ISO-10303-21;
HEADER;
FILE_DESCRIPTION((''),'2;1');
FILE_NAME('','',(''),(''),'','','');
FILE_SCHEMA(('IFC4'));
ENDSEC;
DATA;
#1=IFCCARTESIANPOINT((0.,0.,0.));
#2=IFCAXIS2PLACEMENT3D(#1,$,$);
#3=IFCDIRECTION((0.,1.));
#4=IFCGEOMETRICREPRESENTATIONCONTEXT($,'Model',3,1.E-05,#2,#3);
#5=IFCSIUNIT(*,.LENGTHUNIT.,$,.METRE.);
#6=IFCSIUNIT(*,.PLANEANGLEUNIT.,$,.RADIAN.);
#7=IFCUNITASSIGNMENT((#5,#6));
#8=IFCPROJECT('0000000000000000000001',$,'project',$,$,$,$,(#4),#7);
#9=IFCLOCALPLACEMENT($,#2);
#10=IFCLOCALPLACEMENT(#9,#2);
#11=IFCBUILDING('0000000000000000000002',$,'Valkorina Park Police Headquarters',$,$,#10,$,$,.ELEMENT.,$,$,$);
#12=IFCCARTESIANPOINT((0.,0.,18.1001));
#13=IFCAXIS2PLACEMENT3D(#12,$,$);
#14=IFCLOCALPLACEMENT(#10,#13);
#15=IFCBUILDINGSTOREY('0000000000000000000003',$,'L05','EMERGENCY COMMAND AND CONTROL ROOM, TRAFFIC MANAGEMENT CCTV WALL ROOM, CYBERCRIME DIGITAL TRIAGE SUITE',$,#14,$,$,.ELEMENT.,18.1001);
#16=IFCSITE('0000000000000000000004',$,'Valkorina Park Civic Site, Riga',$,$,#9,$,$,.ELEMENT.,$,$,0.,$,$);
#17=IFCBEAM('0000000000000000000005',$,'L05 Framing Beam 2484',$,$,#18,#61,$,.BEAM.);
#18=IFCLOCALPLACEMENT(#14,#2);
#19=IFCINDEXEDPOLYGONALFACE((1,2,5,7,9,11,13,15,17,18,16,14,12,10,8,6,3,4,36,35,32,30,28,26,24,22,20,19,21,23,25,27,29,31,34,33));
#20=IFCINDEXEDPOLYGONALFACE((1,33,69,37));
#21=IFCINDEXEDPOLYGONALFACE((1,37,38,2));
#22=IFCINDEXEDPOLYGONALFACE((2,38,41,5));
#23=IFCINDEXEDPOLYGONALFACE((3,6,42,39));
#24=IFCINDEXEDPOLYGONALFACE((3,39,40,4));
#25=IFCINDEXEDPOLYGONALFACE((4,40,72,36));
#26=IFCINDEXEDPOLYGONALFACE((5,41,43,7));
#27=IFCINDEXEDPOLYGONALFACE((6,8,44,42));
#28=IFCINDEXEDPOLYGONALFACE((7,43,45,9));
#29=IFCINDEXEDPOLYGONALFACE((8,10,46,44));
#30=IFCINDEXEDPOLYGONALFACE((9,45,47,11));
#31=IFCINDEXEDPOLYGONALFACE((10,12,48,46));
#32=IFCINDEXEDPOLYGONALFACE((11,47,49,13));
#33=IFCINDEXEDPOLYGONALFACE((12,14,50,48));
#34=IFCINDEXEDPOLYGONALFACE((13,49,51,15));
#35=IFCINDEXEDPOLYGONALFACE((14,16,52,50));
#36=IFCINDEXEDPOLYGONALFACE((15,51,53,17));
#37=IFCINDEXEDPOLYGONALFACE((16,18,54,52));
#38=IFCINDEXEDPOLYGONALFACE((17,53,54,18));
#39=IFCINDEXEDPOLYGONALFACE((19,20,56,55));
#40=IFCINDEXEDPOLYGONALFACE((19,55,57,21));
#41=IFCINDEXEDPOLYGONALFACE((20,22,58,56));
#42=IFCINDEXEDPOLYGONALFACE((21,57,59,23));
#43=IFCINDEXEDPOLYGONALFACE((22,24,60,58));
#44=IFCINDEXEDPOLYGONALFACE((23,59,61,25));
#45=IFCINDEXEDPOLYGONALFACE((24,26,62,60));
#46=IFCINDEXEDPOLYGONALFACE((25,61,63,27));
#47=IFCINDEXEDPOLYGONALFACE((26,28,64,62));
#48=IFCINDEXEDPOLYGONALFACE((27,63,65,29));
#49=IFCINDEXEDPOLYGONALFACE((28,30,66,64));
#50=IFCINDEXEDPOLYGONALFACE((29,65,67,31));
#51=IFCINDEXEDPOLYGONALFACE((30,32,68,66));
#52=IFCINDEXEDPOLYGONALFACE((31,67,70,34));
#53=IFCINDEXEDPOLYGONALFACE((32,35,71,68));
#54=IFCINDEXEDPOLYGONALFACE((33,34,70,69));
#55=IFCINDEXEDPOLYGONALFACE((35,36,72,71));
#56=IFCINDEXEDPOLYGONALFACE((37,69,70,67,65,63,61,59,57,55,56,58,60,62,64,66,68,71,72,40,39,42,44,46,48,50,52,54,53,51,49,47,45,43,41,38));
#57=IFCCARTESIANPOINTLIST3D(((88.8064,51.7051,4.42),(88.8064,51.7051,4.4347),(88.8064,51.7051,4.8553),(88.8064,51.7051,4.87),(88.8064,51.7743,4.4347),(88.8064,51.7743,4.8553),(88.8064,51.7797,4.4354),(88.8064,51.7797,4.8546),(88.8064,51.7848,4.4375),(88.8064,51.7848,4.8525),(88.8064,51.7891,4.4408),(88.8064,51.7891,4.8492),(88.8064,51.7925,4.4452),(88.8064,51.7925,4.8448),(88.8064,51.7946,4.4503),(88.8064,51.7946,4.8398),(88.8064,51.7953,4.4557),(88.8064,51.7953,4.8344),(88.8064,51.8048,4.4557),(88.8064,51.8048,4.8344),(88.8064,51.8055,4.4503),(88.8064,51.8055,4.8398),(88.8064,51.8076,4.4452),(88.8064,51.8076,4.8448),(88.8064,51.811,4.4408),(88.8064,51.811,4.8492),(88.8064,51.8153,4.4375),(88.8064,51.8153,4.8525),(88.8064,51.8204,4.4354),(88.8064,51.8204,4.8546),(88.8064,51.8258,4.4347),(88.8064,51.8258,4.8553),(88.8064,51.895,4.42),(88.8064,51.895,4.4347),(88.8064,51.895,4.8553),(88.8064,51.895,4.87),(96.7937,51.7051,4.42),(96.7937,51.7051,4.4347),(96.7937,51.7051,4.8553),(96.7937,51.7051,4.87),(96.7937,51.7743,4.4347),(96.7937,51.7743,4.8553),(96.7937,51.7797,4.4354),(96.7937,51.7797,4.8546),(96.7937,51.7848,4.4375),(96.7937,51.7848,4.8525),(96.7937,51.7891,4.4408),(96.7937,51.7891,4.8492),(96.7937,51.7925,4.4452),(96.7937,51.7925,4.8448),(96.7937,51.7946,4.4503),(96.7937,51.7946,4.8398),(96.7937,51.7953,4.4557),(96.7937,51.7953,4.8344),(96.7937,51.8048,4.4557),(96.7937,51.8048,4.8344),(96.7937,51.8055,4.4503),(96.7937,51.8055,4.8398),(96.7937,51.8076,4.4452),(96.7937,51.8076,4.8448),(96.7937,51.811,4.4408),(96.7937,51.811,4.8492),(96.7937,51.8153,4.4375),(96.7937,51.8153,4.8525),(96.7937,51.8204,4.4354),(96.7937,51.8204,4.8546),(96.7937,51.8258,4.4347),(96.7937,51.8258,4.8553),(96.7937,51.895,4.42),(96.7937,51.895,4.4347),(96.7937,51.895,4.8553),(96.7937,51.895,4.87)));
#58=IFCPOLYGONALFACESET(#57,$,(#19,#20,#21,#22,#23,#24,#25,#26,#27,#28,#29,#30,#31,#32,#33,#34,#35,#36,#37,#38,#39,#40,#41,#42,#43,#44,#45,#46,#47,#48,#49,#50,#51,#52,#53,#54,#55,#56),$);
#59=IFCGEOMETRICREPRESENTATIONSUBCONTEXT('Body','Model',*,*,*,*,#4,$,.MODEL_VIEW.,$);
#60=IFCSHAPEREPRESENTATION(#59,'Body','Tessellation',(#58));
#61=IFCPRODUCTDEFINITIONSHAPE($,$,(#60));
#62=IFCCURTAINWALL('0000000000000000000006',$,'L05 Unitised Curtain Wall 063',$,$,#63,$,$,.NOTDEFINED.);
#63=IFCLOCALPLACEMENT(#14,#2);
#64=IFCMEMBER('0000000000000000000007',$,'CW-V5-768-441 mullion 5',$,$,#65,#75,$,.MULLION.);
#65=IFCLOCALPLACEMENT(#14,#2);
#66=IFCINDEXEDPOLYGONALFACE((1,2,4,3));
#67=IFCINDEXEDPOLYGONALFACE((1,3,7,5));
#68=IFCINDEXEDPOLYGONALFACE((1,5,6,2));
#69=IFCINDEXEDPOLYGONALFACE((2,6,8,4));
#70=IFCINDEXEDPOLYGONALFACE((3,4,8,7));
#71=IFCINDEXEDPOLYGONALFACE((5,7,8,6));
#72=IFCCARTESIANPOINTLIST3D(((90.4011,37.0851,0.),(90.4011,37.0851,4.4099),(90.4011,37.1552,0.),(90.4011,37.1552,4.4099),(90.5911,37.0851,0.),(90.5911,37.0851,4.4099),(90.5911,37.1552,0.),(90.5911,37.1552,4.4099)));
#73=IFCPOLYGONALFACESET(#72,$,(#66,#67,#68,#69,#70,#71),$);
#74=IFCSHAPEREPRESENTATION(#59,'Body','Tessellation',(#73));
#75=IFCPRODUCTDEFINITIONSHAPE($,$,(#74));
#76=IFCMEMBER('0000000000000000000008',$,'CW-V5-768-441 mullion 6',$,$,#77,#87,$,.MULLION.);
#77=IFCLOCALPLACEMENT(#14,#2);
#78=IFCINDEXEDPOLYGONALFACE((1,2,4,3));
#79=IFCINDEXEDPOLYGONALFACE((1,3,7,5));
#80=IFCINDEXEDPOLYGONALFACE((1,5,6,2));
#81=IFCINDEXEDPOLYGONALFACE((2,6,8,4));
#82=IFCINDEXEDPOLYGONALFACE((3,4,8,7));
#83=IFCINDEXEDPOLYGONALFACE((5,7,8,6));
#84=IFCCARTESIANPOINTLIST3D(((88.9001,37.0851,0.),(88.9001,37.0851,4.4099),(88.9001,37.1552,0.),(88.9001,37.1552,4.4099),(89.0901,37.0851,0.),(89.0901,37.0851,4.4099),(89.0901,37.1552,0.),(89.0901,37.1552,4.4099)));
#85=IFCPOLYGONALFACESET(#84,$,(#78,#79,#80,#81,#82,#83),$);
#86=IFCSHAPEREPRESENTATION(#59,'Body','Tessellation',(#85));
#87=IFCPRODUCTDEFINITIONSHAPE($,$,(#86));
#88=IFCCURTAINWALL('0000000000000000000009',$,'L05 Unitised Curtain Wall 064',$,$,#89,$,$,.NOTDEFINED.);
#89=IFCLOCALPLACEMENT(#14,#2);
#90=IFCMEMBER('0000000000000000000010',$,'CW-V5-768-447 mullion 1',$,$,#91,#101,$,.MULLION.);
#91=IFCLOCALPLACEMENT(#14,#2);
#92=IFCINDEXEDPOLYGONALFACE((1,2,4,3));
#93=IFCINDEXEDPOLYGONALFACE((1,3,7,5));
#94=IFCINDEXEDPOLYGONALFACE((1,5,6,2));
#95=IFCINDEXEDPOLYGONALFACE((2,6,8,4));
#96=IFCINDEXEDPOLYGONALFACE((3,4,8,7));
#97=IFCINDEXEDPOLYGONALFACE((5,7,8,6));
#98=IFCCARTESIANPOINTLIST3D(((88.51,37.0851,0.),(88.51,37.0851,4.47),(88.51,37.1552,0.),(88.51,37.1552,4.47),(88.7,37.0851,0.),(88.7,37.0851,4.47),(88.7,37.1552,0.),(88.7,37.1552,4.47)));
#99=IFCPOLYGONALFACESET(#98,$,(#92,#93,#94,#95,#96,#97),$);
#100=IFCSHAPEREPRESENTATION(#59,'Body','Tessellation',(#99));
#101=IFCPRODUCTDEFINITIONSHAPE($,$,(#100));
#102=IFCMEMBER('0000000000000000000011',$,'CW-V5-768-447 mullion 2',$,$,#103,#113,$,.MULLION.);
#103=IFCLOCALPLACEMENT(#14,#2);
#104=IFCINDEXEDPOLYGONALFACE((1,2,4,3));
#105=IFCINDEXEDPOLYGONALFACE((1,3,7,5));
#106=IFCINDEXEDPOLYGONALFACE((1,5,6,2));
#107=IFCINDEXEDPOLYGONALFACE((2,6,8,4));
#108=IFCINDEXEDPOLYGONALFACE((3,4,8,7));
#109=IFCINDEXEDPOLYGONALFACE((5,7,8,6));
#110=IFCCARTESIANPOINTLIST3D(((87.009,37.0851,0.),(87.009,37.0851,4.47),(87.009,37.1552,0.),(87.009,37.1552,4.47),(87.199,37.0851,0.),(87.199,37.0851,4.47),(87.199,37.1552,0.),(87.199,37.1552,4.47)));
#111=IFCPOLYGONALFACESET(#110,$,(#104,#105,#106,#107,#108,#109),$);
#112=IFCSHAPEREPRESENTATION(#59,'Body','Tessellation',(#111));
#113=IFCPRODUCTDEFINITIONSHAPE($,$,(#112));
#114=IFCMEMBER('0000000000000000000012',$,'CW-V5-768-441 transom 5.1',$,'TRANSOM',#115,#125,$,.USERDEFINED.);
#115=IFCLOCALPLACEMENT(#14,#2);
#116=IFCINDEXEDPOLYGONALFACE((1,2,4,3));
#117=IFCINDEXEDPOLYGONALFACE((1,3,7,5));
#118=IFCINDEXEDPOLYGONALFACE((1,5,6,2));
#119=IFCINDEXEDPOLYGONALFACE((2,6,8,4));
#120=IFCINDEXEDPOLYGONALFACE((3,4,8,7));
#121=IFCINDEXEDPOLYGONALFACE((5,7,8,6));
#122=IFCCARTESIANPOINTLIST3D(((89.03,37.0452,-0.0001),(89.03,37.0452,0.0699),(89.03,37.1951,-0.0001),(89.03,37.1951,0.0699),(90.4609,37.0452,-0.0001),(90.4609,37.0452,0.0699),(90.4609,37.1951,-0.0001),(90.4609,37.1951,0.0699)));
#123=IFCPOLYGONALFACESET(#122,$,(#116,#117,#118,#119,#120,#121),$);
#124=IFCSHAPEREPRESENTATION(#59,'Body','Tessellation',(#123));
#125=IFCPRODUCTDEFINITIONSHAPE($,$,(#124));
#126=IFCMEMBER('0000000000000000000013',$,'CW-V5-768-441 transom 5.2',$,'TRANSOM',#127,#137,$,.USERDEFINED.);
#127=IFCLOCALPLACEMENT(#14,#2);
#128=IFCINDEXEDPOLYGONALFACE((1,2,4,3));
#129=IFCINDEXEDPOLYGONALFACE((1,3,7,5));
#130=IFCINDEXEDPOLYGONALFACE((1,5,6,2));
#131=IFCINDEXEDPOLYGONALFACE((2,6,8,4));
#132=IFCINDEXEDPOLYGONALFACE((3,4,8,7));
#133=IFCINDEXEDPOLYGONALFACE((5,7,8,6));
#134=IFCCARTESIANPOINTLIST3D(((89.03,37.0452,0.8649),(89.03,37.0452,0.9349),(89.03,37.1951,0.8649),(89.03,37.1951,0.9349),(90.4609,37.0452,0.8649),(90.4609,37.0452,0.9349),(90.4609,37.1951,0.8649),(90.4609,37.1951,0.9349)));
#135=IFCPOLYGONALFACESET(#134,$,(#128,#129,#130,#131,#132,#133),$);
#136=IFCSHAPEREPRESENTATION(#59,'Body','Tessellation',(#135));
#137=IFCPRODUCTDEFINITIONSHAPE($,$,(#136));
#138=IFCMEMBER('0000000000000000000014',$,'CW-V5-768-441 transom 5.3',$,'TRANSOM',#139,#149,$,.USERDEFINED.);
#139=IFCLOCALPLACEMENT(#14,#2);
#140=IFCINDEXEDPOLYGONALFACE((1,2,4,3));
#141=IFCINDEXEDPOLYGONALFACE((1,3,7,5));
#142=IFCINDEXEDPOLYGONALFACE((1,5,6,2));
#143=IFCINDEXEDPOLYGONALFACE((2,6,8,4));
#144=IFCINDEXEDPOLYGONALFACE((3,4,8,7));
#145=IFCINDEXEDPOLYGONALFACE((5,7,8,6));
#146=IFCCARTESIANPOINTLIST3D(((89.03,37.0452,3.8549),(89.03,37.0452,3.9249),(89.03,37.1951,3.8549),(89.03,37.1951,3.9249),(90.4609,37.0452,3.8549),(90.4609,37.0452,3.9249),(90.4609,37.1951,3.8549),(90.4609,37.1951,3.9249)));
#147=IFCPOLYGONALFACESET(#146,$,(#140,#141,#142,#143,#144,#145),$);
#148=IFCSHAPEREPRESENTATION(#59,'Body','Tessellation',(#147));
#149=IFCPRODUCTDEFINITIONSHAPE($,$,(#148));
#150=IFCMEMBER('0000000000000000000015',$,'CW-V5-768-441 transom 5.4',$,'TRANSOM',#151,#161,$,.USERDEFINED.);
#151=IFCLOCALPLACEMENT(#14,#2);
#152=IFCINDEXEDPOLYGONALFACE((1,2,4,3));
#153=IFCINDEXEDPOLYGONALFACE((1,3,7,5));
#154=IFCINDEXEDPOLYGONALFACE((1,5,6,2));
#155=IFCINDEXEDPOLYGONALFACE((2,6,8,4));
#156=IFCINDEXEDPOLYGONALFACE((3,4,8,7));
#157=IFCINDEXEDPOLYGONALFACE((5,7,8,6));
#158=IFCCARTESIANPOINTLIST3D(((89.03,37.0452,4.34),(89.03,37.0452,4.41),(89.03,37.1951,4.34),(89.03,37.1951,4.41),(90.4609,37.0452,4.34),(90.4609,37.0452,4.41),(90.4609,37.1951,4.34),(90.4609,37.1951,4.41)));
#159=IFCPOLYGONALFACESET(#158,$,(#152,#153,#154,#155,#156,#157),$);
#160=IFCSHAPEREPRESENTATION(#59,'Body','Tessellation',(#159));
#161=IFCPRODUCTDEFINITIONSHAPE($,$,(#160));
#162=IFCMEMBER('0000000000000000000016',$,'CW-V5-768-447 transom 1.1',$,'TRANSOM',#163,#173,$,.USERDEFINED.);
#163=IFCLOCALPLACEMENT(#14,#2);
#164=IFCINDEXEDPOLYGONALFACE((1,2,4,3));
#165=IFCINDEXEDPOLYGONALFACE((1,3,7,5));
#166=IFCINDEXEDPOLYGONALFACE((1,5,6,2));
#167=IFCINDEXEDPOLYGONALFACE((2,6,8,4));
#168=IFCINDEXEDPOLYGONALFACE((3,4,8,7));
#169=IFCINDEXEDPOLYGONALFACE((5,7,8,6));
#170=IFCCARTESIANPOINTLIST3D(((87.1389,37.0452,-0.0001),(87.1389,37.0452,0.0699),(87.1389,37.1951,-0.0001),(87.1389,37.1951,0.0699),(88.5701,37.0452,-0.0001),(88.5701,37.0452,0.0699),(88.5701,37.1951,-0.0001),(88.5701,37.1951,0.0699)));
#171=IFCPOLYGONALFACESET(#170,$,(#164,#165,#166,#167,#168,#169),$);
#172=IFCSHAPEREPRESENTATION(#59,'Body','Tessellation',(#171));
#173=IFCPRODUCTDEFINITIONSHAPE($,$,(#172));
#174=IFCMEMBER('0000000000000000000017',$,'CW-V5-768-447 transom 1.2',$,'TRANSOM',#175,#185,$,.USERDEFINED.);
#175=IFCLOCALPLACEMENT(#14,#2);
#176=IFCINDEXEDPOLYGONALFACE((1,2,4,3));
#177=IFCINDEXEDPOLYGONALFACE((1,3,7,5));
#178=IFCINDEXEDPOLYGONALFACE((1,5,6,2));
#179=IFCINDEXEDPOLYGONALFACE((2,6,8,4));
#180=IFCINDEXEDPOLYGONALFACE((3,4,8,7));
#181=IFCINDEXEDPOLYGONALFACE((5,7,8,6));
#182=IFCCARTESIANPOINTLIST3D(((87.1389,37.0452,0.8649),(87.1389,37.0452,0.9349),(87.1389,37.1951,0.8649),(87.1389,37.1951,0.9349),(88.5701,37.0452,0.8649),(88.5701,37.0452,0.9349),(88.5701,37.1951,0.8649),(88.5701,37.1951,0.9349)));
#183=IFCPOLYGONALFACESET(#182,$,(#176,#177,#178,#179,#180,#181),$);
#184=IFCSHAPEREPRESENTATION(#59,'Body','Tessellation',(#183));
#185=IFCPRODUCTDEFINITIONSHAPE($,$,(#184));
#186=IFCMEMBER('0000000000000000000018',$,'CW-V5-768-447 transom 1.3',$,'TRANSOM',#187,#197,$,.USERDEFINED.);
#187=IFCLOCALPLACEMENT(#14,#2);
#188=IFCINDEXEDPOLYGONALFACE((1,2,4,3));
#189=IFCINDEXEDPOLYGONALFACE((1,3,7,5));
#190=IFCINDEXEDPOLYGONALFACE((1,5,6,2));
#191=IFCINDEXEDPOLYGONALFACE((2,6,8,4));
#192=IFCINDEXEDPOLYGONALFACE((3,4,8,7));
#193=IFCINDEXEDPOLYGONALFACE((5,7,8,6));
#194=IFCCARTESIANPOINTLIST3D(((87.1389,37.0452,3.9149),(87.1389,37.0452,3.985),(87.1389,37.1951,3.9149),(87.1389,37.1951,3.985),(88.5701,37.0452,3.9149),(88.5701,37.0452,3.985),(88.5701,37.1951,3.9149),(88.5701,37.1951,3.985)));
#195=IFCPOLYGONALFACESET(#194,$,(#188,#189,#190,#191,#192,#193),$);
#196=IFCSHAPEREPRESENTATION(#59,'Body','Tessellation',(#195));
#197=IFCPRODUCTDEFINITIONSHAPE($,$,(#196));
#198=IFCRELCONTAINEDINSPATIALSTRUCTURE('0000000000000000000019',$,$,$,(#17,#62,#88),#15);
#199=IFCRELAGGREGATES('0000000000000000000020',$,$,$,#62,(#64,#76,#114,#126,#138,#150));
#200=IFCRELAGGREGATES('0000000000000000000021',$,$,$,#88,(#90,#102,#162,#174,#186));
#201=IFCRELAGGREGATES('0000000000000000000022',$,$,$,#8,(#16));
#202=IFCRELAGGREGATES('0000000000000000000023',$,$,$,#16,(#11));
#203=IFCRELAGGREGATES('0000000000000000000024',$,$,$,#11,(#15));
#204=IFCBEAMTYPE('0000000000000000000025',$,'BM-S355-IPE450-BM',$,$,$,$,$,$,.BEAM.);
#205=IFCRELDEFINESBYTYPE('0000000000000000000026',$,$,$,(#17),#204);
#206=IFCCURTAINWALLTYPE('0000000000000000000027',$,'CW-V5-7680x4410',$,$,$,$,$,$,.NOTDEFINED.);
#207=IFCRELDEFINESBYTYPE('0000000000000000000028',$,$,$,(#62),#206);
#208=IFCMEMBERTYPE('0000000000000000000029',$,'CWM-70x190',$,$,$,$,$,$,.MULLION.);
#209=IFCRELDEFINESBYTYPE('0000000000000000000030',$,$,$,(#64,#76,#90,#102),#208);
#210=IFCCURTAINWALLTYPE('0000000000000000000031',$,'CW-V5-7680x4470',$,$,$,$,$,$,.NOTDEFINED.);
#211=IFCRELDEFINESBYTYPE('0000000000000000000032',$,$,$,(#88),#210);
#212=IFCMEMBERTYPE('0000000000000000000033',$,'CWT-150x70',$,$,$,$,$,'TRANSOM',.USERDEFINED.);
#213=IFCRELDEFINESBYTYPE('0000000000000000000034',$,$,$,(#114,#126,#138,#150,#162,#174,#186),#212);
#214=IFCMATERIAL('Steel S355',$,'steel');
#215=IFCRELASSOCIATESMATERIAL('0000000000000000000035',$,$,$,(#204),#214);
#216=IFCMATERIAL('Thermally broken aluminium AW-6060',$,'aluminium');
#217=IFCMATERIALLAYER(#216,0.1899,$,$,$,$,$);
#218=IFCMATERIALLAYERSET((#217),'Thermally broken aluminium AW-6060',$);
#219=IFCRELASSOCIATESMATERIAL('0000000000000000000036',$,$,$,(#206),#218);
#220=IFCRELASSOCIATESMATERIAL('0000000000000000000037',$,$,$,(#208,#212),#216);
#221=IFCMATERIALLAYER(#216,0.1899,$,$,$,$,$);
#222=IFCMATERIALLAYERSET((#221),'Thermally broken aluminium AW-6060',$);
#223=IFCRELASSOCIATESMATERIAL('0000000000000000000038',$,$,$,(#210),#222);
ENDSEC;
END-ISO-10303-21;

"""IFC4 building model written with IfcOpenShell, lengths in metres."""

from ifc_helpers import new_model, si_unit, direction, frame, origin, origin_2d, place, context, subcontext, project, spatial, rectangle, i_section, extrude, material, layer, layer_set, material_profile, profile_set, type_object, element, aggregate, save


model = new_model("IFC4")

# Units and contexts
model_context = context("Model", 3, precision=1e-05, world=origin(), true_north=direction((0.0, 1.0)))
body_context = subcontext(model_context, "Body", "Model", "MODEL_VIEW")
ifc_project = project(units=[si_unit("LENGTHUNIT", "METRE"), si_unit("PLANEANGLEUNIT", "RADIAN")], contexts=[model_context])

# Site, building, storey
site_placement = place(None, origin())
site = spatial("IfcSite", under=ifc_project, at=site_placement, Name="Valkorina Park Civic Site, Riga", CompositionType="ELEMENT", RefElevation=0.0)
building_placement = place(site_placement, origin())
building = spatial("IfcBuilding", under=site, at=building_placement, Name="Valkorina Park Police Headquarters", CompositionType="ELEMENT")
storey_placement = place(building_placement, frame((0.0, 0.0, 18.1001)))
storey = spatial("IfcBuildingStorey", under=building, at=storey_placement, Name="L05", Description="EMERGENCY COMMAND AND CONTROL ROOM, TRAFFIC MANAGEMENT CCTV WALL ROOM, CYBERCRIME DIGITAL TRIAGE SUITE", CompositionType="ELEMENT", Elevation=18.1001)

# Shared definitions
ifc_material_1 = material(Name="Steel S355", Category="steel")

# Beam
ifc_material_profile_1 = material_profile(ifc_material_1, i_section(OverallWidth=0.1899, OverallDepth=0.45, WebThickness=0.0095, FlangeThickness=0.0146, FilletRadius=0.021, at=origin_2d()), Name="IPE 450")
ifc_profile_set_1 = profile_set([ifc_material_profile_1], Name="Steel S355")
beam_type_1 = type_object("IfcBeamType", Name="BM-S355-IPE450-BM", PredefinedType="BEAM", material=ifc_profile_set_1)
for number, where, z_axis, x_axis, name in (
    (1, (88.8064, 51.8, 4.645), (1.0, 0.0, 0.0), (0.0, 1.0, 0.0), "L05 Framing Beam 2484"),
):
    element("IfcBeam", number, at=place(storey_placement, frame(where, z_axis=z_axis, x_axis=x_axis)), inside=storey, type_object=beam_type_1, Name=name, PredefinedType="BEAM", context=body_context, shape_type="SweptSolid", body=[
        extrude(i_section(OverallWidth=0.1899, OverallDepth=0.45, WebThickness=0.0095, FlangeThickness=0.0146, FilletRadius=0.021, at=origin_2d()), origin(), (0.0, 0.0, 1.0), 7.9873),
    ])

# Curtain walls, members
ifc_material_2 = material(Name="Thermally broken aluminium AW-6060", Category="aluminium")
ifc_layer_1 = layer(ifc_material_2, 0.1899)
ifc_layer_set_1 = layer_set([ifc_layer_1], Name="Thermally broken aluminium AW-6060")
curtain_wall_type_1 = type_object("IfcCurtainWallType", Name="CW-V5-7680x4410", PredefinedType="NOTDEFINED", material=ifc_layer_set_1)
curtain_wall_1_placement = place(storey_placement, origin())
curtain_wall_1 = element("IfcCurtainWall", 2, at=curtain_wall_1_placement, inside=storey, type_object=curtain_wall_type_1, Name="L05 Unitised Curtain Wall 063", PredefinedType="NOTDEFINED")
ifc_material_profile_2 = material_profile(ifc_material_2, rectangle(XDim=0.0701, YDim=0.1899, at=origin_2d()), Name="CWM-02 70x190")
ifc_profile_set_2 = profile_set([ifc_material_profile_2], Name="Thermally broken aluminium AW-6060")
member_type_1 = type_object("IfcMemberType", Name="CWM-70x190", PredefinedType="MULLION", material=ifc_profile_set_2)
member_1_placement = place(storey_placement, frame((90.4961, 37.1201, 0.0), z_axis=(0.0, 0.0, 1.0), x_axis=(0.0, -1.0, 0.0)))
member_1 = element("IfcMember", 3, at=member_1_placement, type_object=member_type_1, Name="CW-V5-768-441 mullion 5", PredefinedType="MULLION", context=body_context, shape_type="SweptSolid", body=[
    extrude(rectangle(XDim=0.0701, YDim=0.1899, at=origin_2d()), origin(), (0.0, 0.0, 1.0), 4.4099),
])
member_2_placement = place(storey_placement, frame((88.9951, 37.1201, 0.0), z_axis=(0.0, 0.0, 1.0), x_axis=(0.0, -1.0, 0.0)))
member_2 = element("IfcMember", 4, at=member_2_placement, type_object=member_type_1, Name="CW-V5-768-441 mullion 6", PredefinedType="MULLION", context=body_context, shape_type="SweptSolid", body=[
    extrude(rectangle(XDim=0.0701, YDim=0.1899, at=origin_2d()), origin(), (0.0, 0.0, 1.0), 4.4099),
])
ifc_layer_2 = layer(ifc_material_2, 0.1899)
ifc_layer_set_2 = layer_set([ifc_layer_2], Name="Thermally broken aluminium AW-6060")
curtain_wall_type_2 = type_object("IfcCurtainWallType", Name="CW-V5-7680x4470", PredefinedType="NOTDEFINED", material=ifc_layer_set_2)
curtain_wall_2_placement = place(storey_placement, origin())
curtain_wall_2 = element("IfcCurtainWall", 5, at=curtain_wall_2_placement, inside=storey, type_object=curtain_wall_type_2, Name="L05 Unitised Curtain Wall 064", PredefinedType="NOTDEFINED")
member_3_placement = place(storey_placement, frame((88.605, 37.1201, 0.0), z_axis=(0.0, 0.0, 1.0), x_axis=(0.0, -1.0, 0.0)))
member_3 = element("IfcMember", 6, at=member_3_placement, type_object=member_type_1, Name="CW-V5-768-447 mullion 1", PredefinedType="MULLION", context=body_context, shape_type="SweptSolid", body=[
    extrude(rectangle(XDim=0.0701, YDim=0.1899, at=origin_2d()), origin(), (0.0, 0.0, 1.0), 4.47),
])
member_4_placement = place(storey_placement, frame((87.104, 37.1201, 0.0), z_axis=(0.0, 0.0, 1.0), x_axis=(0.0, -1.0, 0.0)))
member_4 = element("IfcMember", 7, at=member_4_placement, type_object=member_type_1, Name="CW-V5-768-447 mullion 2", PredefinedType="MULLION", context=body_context, shape_type="SweptSolid", body=[
    extrude(rectangle(XDim=0.0701, YDim=0.1899, at=origin_2d()), origin(), (0.0, 0.0, 1.0), 4.47),
])

# Members
ifc_material_profile_3 = material_profile(ifc_material_2, rectangle(XDim=0.1499, YDim=0.0701, at=origin_2d()), Name="CWT-02 150x70")
ifc_profile_set_3 = profile_set([ifc_material_profile_3], Name="Thermally broken aluminium AW-6060")
member_type_2 = type_object("IfcMemberType", Name="CWT-150x70", ElementType="TRANSOM", PredefinedType="USERDEFINED", material=ifc_profile_set_3)
member_5_placement = place(storey_placement, frame((90.4609, 37.1201, 0.0349), z_axis=(-1.0, 0.0, 0.0), x_axis=(0.0, -1.0, 0.0)))
member_5 = element("IfcMember", 8, at=member_5_placement, type_object=member_type_2, Name="CW-V5-768-441 transom 5.1", ObjectType="TRANSOM", PredefinedType="USERDEFINED", context=body_context, shape_type="SweptSolid", body=[
    extrude(rectangle(XDim=0.1499, YDim=0.0701, at=origin_2d()), origin(), (0.0, 0.0, 1.0), 1.4309),
])
member_6_placement = place(storey_placement, frame((90.4609, 37.1201, 0.8999), z_axis=(-1.0, 0.0, 0.0), x_axis=(0.0, -1.0, 0.0)))
member_6 = element("IfcMember", 9, at=member_6_placement, type_object=member_type_2, Name="CW-V5-768-441 transom 5.2", ObjectType="TRANSOM", PredefinedType="USERDEFINED", context=body_context, shape_type="SweptSolid", body=[
    extrude(rectangle(XDim=0.1499, YDim=0.0701, at=origin_2d()), origin(), (0.0, 0.0, 1.0), 1.4309),
])
member_7_placement = place(storey_placement, frame((90.4609, 37.1201, 3.8899), z_axis=(-1.0, 0.0, 0.0), x_axis=(0.0, -1.0, 0.0)))
member_7 = element("IfcMember", 10, at=member_7_placement, type_object=member_type_2, Name="CW-V5-768-441 transom 5.3", ObjectType="TRANSOM", PredefinedType="USERDEFINED", context=body_context, shape_type="SweptSolid", body=[
    extrude(rectangle(XDim=0.1499, YDim=0.0701, at=origin_2d()), origin(), (0.0, 0.0, 1.0), 1.4309),
])
member_8_placement = place(storey_placement, frame((90.4609, 37.1201, 4.375), z_axis=(-1.0, 0.0, 0.0), x_axis=(0.0, -1.0, 0.0)))
member_8 = element("IfcMember", 11, at=member_8_placement, type_object=member_type_2, Name="CW-V5-768-441 transom 5.4", ObjectType="TRANSOM", PredefinedType="USERDEFINED", context=body_context, shape_type="SweptSolid", body=[
    extrude(rectangle(XDim=0.1499, YDim=0.0701, at=origin_2d()), origin(), (0.0, 0.0, 1.0), 1.4309),
])
member_9_placement = place(storey_placement, frame((88.5701, 37.1201, 0.0349), z_axis=(-1.0, 0.0, 0.0), x_axis=(0.0, -1.0, 0.0)))
member_9 = element("IfcMember", 12, at=member_9_placement, type_object=member_type_2, Name="CW-V5-768-447 transom 1.1", ObjectType="TRANSOM", PredefinedType="USERDEFINED", context=body_context, shape_type="SweptSolid", body=[
    extrude(rectangle(XDim=0.1499, YDim=0.0701, at=origin_2d()), origin(), (0.0, 0.0, 1.0), 1.4312),
])
member_10_placement = place(storey_placement, frame((88.5701, 37.1201, 0.8999), z_axis=(-1.0, 0.0, 0.0), x_axis=(0.0, -1.0, 0.0)))
member_10 = element("IfcMember", 13, at=member_10_placement, type_object=member_type_2, Name="CW-V5-768-447 transom 1.2", ObjectType="TRANSOM", PredefinedType="USERDEFINED", context=body_context, shape_type="SweptSolid", body=[
    extrude(rectangle(XDim=0.1499, YDim=0.0701, at=origin_2d()), origin(), (0.0, 0.0, 1.0), 1.4312),
])
member_11_placement = place(storey_placement, frame((88.5701, 37.1201, 3.95), z_axis=(-1.0, 0.0, 0.0), x_axis=(0.0, -1.0, 0.0)))
member_11 = element("IfcMember", 14, at=member_11_placement, type_object=member_type_2, Name="CW-V5-768-447 transom 1.3", ObjectType="TRANSOM", PredefinedType="USERDEFINED", context=body_context, shape_type="SweptSolid", body=[
    extrude(rectangle(XDim=0.1499, YDim=0.0701, at=origin_2d()), origin(), (0.0, 0.0, 1.0), 1.4312),
])

aggregate(curtain_wall_1, [member_1, member_2, member_5, member_6, member_7, member_8])
aggregate(curtain_wall_2, [member_3, member_4, member_9, member_10, member_11])

save(model, "model.ifc")
